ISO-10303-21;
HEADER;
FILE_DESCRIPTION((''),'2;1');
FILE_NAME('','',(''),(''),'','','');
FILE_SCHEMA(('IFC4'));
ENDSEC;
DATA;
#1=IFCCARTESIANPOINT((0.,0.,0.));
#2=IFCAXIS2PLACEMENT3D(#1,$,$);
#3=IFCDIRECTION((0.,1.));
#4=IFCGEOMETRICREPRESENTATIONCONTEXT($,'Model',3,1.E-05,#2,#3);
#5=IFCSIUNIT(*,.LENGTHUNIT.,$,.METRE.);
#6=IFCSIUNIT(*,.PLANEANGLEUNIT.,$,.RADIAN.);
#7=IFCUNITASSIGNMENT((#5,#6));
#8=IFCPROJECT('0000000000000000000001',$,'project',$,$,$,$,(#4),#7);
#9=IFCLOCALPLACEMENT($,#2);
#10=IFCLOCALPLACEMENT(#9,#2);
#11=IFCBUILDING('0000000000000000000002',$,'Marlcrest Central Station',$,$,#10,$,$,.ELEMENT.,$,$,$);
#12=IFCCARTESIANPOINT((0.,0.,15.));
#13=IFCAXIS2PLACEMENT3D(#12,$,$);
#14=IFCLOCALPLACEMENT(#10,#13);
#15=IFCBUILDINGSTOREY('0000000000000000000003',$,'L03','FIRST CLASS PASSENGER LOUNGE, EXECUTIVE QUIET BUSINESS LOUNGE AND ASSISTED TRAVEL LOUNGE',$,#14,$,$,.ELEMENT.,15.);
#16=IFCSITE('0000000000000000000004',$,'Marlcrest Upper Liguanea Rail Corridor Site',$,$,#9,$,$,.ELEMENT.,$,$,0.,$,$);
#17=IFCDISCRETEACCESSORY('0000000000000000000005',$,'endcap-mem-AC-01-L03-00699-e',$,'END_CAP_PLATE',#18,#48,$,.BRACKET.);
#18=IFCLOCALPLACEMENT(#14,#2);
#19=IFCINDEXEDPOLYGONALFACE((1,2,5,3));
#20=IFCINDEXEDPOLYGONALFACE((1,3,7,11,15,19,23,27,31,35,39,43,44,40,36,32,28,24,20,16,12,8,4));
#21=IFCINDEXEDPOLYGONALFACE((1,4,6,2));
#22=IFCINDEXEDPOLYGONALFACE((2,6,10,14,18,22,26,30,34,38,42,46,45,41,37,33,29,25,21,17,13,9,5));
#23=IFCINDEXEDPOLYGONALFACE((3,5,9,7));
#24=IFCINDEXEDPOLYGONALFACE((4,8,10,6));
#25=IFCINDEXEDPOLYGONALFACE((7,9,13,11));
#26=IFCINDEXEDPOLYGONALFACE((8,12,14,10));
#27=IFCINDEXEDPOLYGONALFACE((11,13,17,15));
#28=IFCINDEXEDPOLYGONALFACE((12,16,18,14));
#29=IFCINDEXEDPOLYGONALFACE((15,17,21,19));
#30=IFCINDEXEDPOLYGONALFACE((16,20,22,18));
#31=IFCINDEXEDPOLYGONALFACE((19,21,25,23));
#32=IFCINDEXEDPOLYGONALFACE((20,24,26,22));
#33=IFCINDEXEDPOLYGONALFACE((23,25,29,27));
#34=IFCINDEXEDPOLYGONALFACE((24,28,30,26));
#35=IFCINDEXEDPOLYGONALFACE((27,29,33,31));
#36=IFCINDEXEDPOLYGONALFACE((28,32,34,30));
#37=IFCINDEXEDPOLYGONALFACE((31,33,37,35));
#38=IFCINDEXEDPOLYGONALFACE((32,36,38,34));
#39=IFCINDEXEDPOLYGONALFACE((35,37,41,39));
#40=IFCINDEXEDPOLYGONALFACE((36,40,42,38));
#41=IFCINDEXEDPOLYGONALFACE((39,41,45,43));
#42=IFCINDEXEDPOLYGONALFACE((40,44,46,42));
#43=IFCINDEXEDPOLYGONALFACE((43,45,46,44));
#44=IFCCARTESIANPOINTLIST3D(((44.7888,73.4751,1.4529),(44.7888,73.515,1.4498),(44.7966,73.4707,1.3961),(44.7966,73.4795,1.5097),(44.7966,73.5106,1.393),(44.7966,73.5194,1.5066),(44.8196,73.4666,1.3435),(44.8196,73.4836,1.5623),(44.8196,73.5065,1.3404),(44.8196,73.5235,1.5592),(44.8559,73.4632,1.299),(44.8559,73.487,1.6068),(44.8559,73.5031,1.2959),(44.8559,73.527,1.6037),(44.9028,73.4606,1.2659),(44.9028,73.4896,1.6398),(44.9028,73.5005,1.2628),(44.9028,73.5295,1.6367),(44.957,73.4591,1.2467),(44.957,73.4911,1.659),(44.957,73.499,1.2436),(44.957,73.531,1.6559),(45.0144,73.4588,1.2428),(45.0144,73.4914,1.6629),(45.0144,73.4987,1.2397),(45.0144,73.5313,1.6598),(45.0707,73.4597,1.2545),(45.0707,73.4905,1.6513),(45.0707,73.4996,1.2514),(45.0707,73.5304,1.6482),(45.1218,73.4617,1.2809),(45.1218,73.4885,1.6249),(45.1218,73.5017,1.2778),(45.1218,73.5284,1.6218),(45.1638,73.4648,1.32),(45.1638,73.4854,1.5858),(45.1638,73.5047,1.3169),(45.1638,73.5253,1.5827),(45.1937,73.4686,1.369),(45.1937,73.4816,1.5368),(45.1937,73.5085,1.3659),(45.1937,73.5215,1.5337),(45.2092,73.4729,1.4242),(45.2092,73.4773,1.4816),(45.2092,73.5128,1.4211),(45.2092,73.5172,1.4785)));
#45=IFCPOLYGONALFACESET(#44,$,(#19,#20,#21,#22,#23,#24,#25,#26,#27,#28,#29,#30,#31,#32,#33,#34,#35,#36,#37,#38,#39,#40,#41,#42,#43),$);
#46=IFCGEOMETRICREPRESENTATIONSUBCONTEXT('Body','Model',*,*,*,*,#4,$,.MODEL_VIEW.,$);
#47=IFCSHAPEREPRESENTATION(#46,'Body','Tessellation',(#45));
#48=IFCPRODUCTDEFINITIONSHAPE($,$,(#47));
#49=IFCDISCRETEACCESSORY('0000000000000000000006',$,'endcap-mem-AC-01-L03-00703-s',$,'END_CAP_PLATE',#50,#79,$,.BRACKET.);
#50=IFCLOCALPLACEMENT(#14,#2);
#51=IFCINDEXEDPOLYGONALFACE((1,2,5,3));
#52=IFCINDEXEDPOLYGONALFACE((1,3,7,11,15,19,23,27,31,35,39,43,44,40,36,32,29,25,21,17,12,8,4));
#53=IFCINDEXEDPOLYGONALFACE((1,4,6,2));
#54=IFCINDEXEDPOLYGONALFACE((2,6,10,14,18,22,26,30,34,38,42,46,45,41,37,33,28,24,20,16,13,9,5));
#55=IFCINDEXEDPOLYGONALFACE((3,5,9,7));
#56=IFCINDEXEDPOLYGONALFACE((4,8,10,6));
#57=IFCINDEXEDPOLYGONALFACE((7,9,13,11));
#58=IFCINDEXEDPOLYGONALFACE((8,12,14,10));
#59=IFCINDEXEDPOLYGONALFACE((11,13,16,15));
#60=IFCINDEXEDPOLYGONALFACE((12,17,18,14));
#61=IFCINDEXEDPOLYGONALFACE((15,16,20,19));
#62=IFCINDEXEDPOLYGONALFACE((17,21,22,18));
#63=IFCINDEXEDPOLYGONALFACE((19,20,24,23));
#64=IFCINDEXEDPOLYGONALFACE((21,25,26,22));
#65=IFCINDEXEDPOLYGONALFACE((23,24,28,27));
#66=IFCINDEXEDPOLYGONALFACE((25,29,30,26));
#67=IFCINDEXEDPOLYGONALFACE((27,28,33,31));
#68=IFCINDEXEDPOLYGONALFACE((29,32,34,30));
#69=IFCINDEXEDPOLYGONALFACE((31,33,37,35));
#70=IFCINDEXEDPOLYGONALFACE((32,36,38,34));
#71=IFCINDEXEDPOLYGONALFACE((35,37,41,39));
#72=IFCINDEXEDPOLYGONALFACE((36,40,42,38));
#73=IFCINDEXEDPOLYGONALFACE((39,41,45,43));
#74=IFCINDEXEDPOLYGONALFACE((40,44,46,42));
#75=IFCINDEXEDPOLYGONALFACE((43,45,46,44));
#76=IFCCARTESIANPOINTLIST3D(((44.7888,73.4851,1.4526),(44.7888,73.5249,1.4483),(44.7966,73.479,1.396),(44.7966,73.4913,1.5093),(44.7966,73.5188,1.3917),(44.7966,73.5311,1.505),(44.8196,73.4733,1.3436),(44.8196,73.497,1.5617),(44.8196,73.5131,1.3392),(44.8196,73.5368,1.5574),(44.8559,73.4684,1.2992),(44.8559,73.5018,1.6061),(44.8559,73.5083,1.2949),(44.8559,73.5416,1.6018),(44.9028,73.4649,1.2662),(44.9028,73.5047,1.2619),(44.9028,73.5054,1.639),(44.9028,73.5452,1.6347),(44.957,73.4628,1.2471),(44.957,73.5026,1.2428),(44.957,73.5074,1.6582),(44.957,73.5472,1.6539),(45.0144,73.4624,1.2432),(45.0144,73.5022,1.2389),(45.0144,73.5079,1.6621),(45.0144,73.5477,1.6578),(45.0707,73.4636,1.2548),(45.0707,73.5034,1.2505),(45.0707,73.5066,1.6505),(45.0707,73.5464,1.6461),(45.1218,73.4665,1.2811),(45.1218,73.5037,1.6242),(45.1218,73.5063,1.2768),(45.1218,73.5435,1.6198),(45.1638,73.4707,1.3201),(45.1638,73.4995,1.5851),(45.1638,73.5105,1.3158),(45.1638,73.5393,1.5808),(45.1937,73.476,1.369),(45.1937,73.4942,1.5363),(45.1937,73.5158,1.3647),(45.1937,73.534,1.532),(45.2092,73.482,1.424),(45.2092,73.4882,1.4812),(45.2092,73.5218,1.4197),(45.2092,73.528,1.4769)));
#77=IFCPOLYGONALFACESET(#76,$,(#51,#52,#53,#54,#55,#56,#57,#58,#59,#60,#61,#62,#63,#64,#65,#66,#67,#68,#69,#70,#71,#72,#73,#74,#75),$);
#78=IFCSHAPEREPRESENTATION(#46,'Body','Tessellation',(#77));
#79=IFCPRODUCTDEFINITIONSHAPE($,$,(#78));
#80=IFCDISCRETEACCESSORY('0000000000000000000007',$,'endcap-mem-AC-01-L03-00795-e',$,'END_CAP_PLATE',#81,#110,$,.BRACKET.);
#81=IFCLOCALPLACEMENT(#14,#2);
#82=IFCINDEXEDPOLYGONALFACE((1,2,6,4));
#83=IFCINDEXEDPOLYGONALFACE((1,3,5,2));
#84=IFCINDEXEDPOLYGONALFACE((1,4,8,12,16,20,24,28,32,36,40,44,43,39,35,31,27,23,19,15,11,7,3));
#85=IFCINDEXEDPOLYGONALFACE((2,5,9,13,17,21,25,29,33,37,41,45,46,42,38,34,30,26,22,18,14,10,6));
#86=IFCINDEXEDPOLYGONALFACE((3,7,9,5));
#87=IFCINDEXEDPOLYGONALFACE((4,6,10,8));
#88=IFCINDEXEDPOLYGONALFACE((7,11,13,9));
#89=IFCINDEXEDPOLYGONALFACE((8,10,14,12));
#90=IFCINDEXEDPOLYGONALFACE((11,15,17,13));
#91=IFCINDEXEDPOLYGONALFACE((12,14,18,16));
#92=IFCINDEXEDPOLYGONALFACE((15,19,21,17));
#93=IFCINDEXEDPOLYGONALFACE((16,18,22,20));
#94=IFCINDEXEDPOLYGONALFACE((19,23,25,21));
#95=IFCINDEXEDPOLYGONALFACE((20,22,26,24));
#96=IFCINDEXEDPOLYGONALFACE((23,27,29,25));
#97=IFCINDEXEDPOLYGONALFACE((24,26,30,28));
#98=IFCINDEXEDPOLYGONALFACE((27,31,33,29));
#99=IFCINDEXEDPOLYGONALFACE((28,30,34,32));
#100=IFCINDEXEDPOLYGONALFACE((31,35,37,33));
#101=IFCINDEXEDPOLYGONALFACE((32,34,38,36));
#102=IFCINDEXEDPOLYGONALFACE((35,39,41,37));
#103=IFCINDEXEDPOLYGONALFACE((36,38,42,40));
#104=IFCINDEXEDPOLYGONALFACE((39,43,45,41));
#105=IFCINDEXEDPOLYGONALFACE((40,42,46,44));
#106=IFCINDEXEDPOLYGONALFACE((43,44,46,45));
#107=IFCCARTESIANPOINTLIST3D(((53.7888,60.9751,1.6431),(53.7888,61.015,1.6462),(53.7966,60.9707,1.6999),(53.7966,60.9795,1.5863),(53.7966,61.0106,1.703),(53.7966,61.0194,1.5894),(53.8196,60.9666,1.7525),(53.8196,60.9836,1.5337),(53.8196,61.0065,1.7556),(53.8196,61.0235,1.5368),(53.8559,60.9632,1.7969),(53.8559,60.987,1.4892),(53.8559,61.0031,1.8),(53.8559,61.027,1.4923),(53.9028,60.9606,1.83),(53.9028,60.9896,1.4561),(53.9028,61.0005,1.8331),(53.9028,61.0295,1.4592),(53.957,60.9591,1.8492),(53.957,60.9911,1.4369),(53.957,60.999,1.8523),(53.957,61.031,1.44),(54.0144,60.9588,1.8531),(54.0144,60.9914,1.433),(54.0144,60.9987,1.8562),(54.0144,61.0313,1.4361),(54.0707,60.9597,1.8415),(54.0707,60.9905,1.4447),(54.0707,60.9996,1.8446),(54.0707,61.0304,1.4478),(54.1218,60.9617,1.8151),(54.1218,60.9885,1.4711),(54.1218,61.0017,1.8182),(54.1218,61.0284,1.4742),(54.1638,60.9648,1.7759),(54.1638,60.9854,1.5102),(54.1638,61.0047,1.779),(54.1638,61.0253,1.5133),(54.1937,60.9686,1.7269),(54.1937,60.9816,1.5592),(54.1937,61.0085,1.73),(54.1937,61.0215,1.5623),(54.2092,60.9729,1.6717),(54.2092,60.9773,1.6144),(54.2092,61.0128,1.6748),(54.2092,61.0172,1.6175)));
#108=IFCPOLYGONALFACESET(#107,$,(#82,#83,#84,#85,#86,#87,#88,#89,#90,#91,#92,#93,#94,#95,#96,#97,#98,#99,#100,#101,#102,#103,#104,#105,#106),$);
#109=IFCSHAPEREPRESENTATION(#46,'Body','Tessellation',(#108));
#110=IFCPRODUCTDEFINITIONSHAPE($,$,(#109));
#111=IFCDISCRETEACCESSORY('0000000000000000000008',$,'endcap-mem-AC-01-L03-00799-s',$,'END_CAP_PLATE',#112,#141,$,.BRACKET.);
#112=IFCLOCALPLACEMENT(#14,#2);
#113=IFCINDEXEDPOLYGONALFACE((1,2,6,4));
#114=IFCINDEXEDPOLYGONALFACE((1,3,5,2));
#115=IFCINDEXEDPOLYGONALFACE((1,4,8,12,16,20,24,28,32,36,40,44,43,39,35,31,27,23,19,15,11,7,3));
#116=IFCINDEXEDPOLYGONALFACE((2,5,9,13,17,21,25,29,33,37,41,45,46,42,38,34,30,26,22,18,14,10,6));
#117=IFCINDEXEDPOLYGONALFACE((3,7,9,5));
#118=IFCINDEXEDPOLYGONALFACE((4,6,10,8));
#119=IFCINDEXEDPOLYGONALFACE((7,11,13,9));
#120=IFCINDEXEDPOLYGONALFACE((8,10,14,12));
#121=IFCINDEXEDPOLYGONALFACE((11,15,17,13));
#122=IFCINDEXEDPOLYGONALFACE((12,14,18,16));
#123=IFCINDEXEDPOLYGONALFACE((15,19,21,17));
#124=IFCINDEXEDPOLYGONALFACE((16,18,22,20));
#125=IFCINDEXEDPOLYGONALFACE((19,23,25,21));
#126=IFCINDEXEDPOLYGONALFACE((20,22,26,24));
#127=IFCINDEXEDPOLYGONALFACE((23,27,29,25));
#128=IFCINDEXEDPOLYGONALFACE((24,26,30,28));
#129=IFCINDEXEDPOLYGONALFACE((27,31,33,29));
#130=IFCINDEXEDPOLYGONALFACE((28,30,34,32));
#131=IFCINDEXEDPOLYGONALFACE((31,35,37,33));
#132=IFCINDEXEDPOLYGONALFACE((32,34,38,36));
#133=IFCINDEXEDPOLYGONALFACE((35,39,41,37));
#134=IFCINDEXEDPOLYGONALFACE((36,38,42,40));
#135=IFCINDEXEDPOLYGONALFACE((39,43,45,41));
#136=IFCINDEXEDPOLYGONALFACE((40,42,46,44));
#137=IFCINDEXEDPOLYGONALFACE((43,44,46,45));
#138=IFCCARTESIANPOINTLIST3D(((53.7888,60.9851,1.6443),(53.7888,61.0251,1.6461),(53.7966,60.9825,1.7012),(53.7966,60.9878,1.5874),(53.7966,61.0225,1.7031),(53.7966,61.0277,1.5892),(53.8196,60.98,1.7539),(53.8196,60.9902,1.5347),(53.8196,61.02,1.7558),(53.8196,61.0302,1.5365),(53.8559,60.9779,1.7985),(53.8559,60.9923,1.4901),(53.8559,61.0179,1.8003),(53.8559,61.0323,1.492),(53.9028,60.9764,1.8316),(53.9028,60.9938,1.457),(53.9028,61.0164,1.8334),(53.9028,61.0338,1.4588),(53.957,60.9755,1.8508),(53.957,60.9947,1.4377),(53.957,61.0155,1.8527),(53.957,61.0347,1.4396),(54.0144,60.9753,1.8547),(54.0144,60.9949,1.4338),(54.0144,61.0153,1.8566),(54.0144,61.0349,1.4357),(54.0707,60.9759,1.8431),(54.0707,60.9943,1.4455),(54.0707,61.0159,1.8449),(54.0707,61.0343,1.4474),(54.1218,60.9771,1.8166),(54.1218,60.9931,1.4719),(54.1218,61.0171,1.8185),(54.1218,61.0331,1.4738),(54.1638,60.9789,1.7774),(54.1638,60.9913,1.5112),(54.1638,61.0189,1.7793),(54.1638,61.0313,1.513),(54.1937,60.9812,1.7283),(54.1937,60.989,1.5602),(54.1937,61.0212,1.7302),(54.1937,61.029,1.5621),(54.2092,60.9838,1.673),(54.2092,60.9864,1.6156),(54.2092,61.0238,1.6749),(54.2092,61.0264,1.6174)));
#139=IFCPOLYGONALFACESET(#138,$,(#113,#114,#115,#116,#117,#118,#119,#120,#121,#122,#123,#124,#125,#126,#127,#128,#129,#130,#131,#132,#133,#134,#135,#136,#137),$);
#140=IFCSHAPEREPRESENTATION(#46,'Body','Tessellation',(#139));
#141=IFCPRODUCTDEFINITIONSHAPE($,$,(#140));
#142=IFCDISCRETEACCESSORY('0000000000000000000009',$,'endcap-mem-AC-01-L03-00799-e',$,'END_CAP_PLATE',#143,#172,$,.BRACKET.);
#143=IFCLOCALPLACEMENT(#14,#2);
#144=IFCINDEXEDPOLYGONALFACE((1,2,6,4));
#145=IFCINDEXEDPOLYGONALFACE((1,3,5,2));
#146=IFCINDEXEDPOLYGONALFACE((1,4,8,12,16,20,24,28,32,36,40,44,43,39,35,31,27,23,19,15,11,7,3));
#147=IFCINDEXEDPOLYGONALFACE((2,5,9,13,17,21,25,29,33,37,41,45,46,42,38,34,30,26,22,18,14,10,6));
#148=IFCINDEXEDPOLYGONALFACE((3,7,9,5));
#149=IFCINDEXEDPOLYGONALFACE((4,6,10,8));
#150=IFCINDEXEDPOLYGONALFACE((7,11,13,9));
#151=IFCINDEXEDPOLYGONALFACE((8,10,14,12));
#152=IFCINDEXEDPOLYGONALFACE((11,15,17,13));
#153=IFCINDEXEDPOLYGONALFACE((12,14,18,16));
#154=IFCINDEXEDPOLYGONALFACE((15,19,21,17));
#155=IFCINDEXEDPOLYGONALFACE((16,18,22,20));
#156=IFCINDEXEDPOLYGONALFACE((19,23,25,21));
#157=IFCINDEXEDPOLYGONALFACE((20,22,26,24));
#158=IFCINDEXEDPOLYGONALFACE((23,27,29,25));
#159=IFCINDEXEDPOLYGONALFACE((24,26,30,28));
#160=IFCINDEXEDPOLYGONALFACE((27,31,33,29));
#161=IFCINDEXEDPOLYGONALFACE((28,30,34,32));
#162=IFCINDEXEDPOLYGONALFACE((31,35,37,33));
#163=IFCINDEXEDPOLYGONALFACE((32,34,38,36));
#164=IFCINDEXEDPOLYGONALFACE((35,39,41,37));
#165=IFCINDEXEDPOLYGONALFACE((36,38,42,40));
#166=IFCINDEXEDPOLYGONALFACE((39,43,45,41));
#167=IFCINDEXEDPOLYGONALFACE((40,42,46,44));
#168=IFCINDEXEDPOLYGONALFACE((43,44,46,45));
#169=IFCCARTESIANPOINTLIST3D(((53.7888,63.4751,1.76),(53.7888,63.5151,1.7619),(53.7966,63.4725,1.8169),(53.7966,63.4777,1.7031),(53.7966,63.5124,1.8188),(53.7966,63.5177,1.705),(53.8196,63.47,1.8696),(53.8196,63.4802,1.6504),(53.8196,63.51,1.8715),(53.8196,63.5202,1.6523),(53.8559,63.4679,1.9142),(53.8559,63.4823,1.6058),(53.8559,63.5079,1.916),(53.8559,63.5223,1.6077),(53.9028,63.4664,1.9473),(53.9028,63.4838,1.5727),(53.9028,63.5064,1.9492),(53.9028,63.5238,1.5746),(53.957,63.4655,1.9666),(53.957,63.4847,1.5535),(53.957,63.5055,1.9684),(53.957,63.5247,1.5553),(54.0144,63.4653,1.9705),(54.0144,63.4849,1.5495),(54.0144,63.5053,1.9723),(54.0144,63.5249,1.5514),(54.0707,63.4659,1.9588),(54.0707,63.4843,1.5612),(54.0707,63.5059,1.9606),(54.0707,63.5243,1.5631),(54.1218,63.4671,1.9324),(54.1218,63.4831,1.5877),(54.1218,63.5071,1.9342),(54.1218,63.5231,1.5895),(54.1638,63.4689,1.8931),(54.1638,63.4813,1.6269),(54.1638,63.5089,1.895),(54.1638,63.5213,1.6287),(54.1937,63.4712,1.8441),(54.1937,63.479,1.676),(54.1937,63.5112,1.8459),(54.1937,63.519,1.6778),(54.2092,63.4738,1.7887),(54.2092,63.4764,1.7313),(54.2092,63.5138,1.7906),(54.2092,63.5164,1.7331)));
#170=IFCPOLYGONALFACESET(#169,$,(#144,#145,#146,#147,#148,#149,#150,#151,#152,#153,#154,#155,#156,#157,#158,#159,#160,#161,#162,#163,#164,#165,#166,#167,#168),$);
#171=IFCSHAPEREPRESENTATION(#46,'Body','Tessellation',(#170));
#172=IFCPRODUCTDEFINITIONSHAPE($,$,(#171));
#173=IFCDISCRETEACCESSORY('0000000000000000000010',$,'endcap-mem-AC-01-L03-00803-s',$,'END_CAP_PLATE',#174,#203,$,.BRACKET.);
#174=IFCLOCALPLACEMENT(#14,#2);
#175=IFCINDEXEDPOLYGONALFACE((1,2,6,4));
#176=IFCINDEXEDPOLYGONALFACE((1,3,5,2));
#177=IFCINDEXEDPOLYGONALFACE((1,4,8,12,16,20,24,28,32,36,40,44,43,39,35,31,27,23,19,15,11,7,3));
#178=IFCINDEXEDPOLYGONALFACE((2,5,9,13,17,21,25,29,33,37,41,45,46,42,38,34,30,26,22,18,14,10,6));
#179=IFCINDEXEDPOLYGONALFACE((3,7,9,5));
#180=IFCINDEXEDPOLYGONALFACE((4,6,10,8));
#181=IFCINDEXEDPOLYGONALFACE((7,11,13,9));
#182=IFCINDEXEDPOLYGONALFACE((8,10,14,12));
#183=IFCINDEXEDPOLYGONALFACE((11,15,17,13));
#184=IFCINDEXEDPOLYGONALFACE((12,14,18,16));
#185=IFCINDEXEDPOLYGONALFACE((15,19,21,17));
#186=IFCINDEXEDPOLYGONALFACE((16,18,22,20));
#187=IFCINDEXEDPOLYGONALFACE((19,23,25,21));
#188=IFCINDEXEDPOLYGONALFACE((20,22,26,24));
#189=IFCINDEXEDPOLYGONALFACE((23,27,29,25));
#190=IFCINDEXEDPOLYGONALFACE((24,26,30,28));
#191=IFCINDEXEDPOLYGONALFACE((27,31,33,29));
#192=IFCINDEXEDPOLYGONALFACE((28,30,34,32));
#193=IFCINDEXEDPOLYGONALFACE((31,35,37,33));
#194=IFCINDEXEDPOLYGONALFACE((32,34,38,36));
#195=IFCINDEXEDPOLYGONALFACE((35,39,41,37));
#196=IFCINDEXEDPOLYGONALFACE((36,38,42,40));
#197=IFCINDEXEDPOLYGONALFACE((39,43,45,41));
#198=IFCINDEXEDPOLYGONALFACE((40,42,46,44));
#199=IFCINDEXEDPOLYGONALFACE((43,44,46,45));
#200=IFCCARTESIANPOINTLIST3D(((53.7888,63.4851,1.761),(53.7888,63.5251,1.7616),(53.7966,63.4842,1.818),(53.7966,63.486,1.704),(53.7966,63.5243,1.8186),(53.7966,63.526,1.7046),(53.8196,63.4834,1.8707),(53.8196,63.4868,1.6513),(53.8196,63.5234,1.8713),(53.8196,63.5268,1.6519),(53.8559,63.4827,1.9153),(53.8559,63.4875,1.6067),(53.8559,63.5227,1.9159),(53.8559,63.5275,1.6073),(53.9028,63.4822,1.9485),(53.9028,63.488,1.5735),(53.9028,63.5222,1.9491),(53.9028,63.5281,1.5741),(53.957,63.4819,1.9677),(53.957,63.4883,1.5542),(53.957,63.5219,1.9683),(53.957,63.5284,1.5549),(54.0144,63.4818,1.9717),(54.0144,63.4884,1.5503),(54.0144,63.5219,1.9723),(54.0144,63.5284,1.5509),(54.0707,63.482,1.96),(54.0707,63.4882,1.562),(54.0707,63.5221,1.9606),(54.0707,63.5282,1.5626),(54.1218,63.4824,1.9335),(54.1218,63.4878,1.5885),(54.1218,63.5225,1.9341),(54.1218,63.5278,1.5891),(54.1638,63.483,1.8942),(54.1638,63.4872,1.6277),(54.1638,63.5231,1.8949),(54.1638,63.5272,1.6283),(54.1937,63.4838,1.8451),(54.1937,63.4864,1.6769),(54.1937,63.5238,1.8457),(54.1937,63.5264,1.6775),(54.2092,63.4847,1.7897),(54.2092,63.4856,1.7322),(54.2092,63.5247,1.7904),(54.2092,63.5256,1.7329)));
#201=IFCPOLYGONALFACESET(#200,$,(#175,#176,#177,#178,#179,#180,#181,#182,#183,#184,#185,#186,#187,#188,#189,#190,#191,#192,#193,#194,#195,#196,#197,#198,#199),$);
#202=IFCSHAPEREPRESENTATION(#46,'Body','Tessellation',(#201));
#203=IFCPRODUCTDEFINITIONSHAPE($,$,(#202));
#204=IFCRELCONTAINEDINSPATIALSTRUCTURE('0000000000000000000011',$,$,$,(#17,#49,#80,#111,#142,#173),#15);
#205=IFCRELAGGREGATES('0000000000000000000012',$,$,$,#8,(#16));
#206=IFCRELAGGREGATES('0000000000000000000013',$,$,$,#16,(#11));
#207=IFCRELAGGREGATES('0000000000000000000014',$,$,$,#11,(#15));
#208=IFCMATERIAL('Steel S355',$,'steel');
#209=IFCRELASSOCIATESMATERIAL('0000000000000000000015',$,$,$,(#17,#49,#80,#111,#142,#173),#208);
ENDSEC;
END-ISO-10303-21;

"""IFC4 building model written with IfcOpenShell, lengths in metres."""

from ifc_helpers import new_model, si_unit, direction, frame, origin, origin_2d, place, context, subcontext, project, spatial, circle, extrude, material, element, save


model = new_model("IFC4")

# Units and contexts
model_context = context("Model", 3, precision=1e-05, world=origin(), true_north=direction((0.0, 1.0)))
body_context = subcontext(model_context, "Body", "Model", "MODEL_VIEW")
ifc_project = project(units=[si_unit("LENGTHUNIT", "METRE"), si_unit("PLANEANGLEUNIT", "RADIAN")], contexts=[model_context])

# Site, building, storey
site_placement = place(None, origin())
site = spatial("IfcSite", under=ifc_project, at=site_placement, Name="Marlcrest Upper Liguanea Rail Corridor Site", CompositionType="ELEMENT", RefElevation=0.0)
building_placement = place(site_placement, origin())
building = spatial("IfcBuilding", under=site, at=building_placement, Name="Marlcrest Central Station", CompositionType="ELEMENT")
storey_placement = place(building_placement, frame((0.0, 0.0, 15.0)))
storey = spatial("IfcBuildingStorey", under=building, at=storey_placement, Name="L03", Description="FIRST CLASS PASSENGER LOUNGE, EXECUTIVE QUIET BUSINESS LOUNGE AND ASSISTED TRAVEL LOUNGE", CompositionType="ELEMENT", Elevation=15.0)

# Shared definitions
ifc_material_1 = material(Name="Steel S355", Category="steel")

# Discrete accessories
for number, where, z_axis, x_axis, name in (
    (1, (45.0, 73.4751, 1.4529), (0.0, 0.997, -0.077404), (-1.0, 0.0, 0.0), "endcap-mem-AC-01-L03-00699-e"),
    (2, (45.0, 73.4851, 1.4526), (0.0, 0.994155, -0.107959), (-1.0, 0.0, 0.0), "endcap-mem-AC-01-L03-00703-s"),
    (3, (54.0, 60.9751, 1.6431), (0.0, 0.997, 0.077404), (-1.0, 0.0, 0.0), "endcap-mem-AC-01-L03-00795-e"),
    (4, (54.0, 60.9851, 1.6443), (0.0, 0.998921, 0.046434), (-1.0, 0.0, 0.0), "endcap-mem-AC-01-L03-00799-s"),
    (5, (54.0, 63.4751, 1.76), (0.0, 0.998921, 0.046434), (-1.0, 0.0, 0.0), "endcap-mem-AC-01-L03-00799-e"),
    (6, (54.0, 63.4851, 1.761), (0.0, 0.999879, 0.015525), (-1.0, 0.0, 0.0), "endcap-mem-AC-01-L03-00803-s"),
):
    element("IfcDiscreteAccessory", number, at=place(storey_placement, frame(where, z_axis=z_axis, x_axis=x_axis)), inside=storey, material=ifc_material_1, Name=name, ObjectType="END_CAP_PLATE", PredefinedType="BRACKET", context=body_context, shape_type="SweptSolid", body=[
        extrude(circle(Radius=0.2112, at=origin_2d()), origin(), (0.0, 0.0, 1.0), 0.04),
    ])

save(model, "model.ifc")
